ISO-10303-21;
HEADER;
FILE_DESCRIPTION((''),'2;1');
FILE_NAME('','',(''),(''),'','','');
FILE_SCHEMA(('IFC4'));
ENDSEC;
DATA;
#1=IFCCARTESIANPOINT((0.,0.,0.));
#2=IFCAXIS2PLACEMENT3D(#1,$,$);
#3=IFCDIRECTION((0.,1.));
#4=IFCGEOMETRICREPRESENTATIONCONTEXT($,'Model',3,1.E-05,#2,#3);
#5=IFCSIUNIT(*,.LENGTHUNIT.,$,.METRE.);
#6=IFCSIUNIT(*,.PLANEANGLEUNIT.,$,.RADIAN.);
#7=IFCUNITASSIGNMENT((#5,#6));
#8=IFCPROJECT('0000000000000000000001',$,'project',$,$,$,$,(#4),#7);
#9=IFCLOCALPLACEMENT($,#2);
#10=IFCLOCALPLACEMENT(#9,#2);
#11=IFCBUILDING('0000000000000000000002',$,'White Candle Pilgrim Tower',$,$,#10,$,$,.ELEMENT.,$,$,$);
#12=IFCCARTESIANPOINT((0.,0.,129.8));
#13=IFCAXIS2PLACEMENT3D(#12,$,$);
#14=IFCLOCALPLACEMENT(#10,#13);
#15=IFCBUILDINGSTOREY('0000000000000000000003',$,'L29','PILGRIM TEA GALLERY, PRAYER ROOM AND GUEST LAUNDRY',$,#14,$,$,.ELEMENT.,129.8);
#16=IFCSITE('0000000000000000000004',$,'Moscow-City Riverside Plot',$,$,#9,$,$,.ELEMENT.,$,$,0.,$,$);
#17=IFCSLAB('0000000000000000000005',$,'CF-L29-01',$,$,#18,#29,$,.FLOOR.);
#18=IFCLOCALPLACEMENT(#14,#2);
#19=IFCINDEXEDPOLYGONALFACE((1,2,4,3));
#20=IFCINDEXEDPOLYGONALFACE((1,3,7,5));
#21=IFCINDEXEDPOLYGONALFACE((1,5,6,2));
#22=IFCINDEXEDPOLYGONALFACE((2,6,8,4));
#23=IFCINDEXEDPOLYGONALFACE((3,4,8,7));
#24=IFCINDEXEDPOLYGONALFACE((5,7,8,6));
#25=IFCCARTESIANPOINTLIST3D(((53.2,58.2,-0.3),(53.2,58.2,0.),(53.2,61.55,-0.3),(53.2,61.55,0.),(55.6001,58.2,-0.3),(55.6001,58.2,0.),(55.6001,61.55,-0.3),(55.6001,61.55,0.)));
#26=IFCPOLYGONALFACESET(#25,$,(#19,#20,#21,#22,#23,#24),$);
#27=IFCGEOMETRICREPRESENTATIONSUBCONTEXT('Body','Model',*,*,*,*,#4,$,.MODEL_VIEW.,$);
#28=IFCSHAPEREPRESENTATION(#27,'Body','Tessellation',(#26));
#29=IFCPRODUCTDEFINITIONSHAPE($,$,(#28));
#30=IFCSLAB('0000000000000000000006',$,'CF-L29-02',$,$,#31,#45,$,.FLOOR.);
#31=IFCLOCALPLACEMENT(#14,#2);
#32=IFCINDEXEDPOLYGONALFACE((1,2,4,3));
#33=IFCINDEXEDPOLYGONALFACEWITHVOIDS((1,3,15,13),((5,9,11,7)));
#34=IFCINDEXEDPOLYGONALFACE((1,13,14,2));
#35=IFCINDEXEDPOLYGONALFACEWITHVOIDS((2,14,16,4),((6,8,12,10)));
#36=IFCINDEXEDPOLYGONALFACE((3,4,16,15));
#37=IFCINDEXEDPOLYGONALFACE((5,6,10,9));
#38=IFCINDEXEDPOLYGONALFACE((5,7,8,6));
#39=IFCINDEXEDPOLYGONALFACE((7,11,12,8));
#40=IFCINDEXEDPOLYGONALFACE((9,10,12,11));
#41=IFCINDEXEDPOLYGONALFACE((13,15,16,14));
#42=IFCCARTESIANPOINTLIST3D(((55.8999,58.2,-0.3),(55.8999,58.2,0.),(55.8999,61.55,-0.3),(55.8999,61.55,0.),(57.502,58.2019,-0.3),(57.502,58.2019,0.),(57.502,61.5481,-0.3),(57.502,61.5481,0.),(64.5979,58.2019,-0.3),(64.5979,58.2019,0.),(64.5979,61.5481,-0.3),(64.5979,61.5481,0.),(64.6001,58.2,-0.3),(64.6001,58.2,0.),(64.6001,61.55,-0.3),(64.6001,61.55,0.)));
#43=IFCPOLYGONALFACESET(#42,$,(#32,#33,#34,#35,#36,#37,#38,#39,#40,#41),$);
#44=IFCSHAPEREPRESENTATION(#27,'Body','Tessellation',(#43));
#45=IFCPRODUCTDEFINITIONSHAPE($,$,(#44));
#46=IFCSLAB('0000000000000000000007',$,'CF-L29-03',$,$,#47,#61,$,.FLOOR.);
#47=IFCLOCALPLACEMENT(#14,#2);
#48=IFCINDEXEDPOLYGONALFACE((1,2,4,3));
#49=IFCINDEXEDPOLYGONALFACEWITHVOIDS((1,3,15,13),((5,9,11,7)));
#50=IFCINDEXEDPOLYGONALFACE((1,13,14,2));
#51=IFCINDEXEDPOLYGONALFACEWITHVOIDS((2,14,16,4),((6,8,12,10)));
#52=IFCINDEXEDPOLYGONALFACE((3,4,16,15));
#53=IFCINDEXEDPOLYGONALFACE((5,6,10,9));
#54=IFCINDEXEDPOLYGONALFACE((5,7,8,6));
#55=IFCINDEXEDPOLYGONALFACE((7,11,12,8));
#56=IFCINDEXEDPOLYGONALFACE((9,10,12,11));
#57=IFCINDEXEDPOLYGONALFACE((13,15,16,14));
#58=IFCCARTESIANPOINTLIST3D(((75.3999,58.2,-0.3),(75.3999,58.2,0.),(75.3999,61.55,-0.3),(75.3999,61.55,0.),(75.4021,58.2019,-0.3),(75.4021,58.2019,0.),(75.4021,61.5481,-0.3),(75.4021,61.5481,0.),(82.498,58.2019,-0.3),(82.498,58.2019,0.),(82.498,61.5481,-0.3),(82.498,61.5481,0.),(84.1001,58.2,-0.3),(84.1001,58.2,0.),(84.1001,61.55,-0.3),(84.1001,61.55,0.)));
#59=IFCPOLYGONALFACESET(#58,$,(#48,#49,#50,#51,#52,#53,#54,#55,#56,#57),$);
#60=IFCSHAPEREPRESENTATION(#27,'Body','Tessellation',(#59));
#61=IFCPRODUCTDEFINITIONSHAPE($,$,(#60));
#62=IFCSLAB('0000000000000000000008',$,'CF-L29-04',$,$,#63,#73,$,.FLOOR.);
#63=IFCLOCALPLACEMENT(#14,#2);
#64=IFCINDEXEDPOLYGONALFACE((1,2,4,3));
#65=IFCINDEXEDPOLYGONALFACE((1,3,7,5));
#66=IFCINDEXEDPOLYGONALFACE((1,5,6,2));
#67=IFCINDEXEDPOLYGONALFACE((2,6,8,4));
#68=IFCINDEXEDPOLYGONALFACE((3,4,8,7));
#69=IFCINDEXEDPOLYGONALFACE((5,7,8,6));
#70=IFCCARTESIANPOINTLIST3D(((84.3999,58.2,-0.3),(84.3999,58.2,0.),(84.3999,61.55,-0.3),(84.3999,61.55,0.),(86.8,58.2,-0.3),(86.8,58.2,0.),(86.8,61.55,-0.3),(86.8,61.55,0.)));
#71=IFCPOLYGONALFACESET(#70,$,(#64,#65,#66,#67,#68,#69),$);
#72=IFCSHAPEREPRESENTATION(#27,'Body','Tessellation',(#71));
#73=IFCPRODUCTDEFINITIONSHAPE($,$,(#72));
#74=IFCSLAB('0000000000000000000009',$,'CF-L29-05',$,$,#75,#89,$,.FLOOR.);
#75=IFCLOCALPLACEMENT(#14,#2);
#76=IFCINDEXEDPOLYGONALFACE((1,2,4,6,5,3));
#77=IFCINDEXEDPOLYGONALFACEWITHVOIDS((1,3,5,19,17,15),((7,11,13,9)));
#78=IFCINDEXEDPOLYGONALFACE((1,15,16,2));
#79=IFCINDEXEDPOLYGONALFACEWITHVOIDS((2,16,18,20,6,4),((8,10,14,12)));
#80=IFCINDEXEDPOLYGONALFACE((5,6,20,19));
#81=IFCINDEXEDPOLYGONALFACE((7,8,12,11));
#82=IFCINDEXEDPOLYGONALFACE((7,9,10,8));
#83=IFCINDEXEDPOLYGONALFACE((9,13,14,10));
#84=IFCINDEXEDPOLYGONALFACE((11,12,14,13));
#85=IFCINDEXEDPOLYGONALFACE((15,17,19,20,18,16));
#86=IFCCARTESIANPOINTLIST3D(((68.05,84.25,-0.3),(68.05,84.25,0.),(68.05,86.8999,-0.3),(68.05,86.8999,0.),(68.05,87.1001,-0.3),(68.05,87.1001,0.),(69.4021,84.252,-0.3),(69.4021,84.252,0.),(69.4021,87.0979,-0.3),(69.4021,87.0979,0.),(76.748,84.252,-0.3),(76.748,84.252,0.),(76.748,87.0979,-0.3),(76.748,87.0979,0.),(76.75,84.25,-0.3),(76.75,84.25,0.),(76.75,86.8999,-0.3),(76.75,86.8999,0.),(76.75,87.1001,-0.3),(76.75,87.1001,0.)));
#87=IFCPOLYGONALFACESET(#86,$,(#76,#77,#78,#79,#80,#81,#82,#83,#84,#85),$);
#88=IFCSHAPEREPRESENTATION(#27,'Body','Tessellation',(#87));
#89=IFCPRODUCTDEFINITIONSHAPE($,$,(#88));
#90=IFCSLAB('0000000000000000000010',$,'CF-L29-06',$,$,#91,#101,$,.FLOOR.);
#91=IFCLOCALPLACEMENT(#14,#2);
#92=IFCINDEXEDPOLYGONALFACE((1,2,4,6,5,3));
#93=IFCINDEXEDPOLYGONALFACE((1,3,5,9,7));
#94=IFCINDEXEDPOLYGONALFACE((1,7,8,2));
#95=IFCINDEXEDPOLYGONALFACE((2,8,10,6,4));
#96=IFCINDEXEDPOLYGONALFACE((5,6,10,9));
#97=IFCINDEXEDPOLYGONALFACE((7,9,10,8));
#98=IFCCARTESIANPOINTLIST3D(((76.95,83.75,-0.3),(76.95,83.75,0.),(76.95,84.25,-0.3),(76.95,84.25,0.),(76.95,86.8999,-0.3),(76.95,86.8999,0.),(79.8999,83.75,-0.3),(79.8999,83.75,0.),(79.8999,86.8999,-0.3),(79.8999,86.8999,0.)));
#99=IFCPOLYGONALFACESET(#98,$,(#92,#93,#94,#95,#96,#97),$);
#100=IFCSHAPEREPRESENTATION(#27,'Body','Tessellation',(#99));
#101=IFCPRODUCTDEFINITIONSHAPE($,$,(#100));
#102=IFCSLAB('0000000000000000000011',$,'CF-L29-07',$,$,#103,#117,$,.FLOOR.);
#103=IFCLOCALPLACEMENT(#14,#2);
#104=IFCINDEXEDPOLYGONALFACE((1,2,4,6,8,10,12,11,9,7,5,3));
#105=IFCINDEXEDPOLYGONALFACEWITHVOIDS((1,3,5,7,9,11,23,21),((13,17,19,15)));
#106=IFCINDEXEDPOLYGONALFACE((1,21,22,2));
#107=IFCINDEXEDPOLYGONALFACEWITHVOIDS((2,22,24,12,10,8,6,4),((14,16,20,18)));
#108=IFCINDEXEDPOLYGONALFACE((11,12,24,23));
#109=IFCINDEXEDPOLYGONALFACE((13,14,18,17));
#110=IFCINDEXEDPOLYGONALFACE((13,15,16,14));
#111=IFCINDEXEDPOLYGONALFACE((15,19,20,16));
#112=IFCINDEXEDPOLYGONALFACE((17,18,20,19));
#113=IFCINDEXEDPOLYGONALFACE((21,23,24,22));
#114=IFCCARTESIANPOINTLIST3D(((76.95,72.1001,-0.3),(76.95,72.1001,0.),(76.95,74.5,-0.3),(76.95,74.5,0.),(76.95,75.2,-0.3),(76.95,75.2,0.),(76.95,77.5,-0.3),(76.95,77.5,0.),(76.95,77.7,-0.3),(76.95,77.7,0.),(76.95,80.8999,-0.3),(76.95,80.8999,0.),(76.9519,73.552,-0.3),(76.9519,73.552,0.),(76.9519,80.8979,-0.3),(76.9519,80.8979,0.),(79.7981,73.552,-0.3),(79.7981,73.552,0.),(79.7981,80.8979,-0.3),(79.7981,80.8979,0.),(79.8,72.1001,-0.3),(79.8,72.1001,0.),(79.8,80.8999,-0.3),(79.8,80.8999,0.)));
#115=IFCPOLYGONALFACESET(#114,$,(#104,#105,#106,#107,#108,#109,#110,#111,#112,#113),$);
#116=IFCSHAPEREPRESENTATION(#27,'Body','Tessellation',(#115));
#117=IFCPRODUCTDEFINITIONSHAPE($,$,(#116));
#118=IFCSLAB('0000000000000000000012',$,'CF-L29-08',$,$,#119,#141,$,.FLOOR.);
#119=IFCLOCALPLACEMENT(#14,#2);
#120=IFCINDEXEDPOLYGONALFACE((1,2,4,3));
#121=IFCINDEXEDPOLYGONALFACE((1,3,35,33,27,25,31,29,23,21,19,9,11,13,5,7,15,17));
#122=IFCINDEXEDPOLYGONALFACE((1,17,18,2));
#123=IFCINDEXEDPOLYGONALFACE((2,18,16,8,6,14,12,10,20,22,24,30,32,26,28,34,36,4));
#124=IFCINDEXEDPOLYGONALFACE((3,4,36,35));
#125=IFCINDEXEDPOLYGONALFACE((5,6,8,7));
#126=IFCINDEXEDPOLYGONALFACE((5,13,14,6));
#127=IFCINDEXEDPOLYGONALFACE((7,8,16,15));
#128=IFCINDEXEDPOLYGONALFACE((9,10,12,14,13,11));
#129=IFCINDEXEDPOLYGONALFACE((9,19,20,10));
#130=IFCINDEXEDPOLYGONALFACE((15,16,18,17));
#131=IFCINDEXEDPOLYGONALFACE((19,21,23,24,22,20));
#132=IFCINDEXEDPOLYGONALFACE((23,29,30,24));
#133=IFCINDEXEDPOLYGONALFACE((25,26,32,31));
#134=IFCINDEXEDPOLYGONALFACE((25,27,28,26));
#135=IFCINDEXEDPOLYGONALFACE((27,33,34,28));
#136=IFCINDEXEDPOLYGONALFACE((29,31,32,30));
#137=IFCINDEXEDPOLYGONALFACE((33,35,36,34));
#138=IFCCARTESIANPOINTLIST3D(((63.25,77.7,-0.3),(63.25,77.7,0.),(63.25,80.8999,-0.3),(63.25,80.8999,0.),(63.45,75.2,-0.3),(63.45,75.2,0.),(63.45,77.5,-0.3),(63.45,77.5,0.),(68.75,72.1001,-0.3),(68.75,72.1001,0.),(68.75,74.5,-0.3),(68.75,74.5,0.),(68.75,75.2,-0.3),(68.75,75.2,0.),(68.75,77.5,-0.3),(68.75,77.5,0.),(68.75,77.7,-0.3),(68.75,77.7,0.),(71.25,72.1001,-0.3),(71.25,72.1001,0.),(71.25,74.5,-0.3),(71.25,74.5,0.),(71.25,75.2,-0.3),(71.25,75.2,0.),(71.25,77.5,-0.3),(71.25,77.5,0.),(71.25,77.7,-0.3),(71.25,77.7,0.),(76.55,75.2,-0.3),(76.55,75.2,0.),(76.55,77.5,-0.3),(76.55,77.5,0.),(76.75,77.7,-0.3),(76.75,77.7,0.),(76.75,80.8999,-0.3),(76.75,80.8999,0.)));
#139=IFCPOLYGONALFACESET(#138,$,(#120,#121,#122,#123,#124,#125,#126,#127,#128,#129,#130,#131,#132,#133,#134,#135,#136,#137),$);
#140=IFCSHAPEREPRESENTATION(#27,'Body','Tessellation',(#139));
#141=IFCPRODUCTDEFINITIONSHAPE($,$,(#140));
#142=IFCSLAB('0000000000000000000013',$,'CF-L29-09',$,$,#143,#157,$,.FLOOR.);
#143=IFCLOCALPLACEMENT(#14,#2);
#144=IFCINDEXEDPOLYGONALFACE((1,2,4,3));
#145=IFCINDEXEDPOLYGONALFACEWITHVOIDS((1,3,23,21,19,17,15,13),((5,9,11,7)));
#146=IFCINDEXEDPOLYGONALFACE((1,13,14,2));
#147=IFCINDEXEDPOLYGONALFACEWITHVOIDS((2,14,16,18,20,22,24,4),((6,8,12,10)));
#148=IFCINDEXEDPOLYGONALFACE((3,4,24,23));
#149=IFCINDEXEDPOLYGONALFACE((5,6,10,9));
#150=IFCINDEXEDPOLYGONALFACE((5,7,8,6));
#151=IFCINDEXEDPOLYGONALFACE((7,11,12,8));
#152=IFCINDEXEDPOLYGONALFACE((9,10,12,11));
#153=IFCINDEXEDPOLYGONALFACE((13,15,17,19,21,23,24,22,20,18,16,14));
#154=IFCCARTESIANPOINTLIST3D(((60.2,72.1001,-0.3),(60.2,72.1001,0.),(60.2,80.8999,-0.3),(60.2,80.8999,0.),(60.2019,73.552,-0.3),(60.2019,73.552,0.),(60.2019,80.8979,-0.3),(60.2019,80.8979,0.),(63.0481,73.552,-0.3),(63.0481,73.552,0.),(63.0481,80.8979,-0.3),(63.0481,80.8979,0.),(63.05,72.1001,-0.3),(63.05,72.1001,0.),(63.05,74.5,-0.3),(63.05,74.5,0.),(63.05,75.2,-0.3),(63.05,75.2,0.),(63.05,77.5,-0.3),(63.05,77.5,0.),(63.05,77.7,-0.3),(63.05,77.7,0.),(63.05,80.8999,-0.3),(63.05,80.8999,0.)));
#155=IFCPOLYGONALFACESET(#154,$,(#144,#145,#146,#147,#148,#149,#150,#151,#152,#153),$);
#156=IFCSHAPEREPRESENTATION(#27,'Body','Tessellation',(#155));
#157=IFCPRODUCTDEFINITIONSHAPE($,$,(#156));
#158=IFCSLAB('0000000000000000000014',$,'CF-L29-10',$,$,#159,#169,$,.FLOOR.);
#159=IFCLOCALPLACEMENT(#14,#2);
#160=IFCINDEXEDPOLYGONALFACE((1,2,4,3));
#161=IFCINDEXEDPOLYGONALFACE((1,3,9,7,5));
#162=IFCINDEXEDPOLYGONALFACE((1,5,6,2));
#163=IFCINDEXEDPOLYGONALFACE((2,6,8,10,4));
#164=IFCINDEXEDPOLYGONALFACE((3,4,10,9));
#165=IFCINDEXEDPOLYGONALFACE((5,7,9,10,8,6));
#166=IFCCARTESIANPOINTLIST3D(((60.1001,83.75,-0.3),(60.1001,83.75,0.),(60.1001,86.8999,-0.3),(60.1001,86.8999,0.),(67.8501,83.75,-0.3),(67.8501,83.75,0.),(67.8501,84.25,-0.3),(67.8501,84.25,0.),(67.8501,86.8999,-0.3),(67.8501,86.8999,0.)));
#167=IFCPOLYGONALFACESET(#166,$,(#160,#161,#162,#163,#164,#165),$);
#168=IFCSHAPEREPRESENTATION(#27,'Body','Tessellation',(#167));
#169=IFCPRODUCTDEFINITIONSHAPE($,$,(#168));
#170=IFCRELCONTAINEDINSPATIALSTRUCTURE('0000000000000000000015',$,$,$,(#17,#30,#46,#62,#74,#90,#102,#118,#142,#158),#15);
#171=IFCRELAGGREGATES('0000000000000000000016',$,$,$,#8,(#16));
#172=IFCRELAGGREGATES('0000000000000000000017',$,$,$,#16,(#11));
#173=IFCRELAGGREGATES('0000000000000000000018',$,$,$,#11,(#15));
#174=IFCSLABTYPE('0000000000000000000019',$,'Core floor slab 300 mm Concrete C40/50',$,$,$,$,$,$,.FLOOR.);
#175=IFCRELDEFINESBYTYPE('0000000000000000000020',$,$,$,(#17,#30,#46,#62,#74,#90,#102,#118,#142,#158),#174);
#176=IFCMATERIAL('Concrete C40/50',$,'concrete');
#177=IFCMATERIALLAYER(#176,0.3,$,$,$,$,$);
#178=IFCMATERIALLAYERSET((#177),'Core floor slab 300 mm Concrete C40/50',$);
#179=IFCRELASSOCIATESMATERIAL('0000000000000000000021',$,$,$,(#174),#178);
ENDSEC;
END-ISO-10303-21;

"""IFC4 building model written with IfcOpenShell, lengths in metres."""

from ifc_helpers import new_model, si_unit, direction, frame, origin, place, context, subcontext, project, spatial, polyline, outline, extrude, material, layer, layer_set, type_object, element, save


model = new_model("IFC4")

# Units and contexts
model_context = context("Model", 3, precision=1e-05, world=origin(), true_north=direction((0.0, 1.0)))
body_context = subcontext(model_context, "Body", "Model", "MODEL_VIEW")
ifc_project = project(units=[si_unit("LENGTHUNIT", "METRE"), si_unit("PLANEANGLEUNIT", "RADIAN")], contexts=[model_context])

# Site, building, storey
site_placement = place(None, origin())
site = spatial("IfcSite", under=ifc_project, at=site_placement, Name="Moscow-City Riverside Plot", CompositionType="ELEMENT", RefElevation=0.0)
building_placement = place(site_placement, origin())
building = spatial("IfcBuilding", under=site, at=building_placement, Name="White Candle Pilgrim Tower", CompositionType="ELEMENT")
storey_placement = place(building_placement, frame((0.0, 0.0, 129.8)))
storey = spatial("IfcBuildingStorey", under=building, at=storey_placement, Name="L29", Description="PILGRIM TEA GALLERY, PRAYER ROOM AND GUEST LAUNDRY", CompositionType="ELEMENT", Elevation=129.8)

# Slabs
ifc_material = material(Name="Concrete C40/50", Category="concrete")
ifc_layer_1 = layer(ifc_material, 0.3)
ifc_layer_set_1 = layer_set([ifc_layer_1], Name="Core floor slab 300 mm Concrete C40/50")
slab_type_1 = type_object("IfcSlabType", Name="Core floor slab 300 mm Concrete C40/50", PredefinedType="FLOOR", material=ifc_layer_set_1)
slab_1_placement = place(storey_placement, frame((0.0, 0.0, -0.3)))
element("IfcSlab", 1, at=slab_1_placement, inside=storey, type_object=slab_type_1, Name="CF-L29-01", PredefinedType="FLOOR", context=body_context, shape_type="SweptSolid", body=[
    extrude(outline(polyline([(55.6001, 58.2), (53.2, 58.2), (53.2, 61.55), (55.6001, 61.55), (55.6001, 58.2)])), origin(), (0.0, 0.0, 1.0), 0.3),
])
slab_2_placement = place(storey_placement, frame((0.0, 0.0, -0.3)))
element("IfcSlab", 2, at=slab_2_placement, inside=storey, type_object=slab_type_1, Name="CF-L29-02", PredefinedType="FLOOR", context=body_context, shape_type="SweptSolid", body=[
    extrude(outline(polyline([(55.8999, 58.2), (55.8999, 61.55), (64.6001, 61.55), (64.6001, 58.2), (55.8999, 58.2)]), holes=[polyline([(57.502, 61.5481), (57.502, 58.2019), (64.5979, 58.2019), (64.5979, 61.5481), (57.502, 61.5481)])]), origin(), (0.0, 0.0, 1.0), 0.3),
])
slab_3_placement = place(storey_placement, frame((0.0, 0.0, -0.3)))
element("IfcSlab", 3, at=slab_3_placement, inside=storey, type_object=slab_type_1, Name="CF-L29-03", PredefinedType="FLOOR", context=body_context, shape_type="SweptSolid", body=[
    extrude(outline(polyline([(75.3999, 58.2), (75.3999, 61.55), (84.1001, 61.55), (84.1001, 58.2), (75.3999, 58.2)]), holes=[polyline([(82.498, 58.2019), (82.498, 61.5481), (75.4021, 61.5481), (75.4021, 58.2019), (82.498, 58.2019)])]), origin(), (0.0, 0.0, 1.0), 0.3),
])
slab_4_placement = place(storey_placement, frame((0.0, 0.0, -0.3)))
element("IfcSlab", 4, at=slab_4_placement, inside=storey, type_object=slab_type_1, Name="CF-L29-04", PredefinedType="FLOOR", context=body_context, shape_type="SweptSolid", body=[
    extrude(outline(polyline([(86.8, 58.2), (84.3999, 58.2), (84.3999, 61.55), (86.8, 61.55), (86.8, 58.2)])), origin(), (0.0, 0.0, 1.0), 0.3),
])
slab_5_placement = place(storey_placement, frame((0.0, 0.0, -0.3)))
element("IfcSlab", 5, at=slab_5_placement, inside=storey, type_object=slab_type_1, Name="CF-L29-05", PredefinedType="FLOOR", context=body_context, shape_type="SweptSolid", body=[
    extrude(outline(polyline([(76.75, 87.1001), (76.75, 86.8999), (76.75, 84.25), (68.05, 84.25), (68.05, 86.8999), (68.05, 87.1001), (76.75, 87.1001)]), holes=[polyline([(69.4021, 87.0979), (69.4021, 84.252), (76.748, 84.252), (76.748, 87.0979), (69.4021, 87.0979)])]), origin(), (0.0, 0.0, 1.0), 0.3),
])
slab_6_placement = place(storey_placement, frame((0.0, 0.0, -0.3)))
element("IfcSlab", 6, at=slab_6_placement, inside=storey, type_object=slab_type_1, Name="CF-L29-06", PredefinedType="FLOOR", context=body_context, shape_type="SweptSolid", body=[
    extrude(outline(polyline([(79.8999, 86.8999), (79.8999, 83.75), (76.95, 83.75), (76.95, 84.25), (76.95, 86.8999), (79.8999, 86.8999)])), origin(), (0.0, 0.0, 1.0), 0.3),
])
slab_7_placement = place(storey_placement, frame((0.0, 0.0, -0.3)))
element("IfcSlab", 7, at=slab_7_placement, inside=storey, type_object=slab_type_1, Name="CF-L29-07", PredefinedType="FLOOR", context=body_context, shape_type="SweptSolid", body=[
    extrude(outline(polyline([(76.95, 72.1001), (76.95, 74.5), (76.95, 75.2), (76.95, 77.5), (76.95, 77.7), (76.95, 80.8999), (79.8, 80.8999), (79.8, 72.1001), (76.95, 72.1001)]), holes=[polyline([(76.9519, 73.552), (79.7981, 73.552), (79.7981, 80.8979), (76.9519, 80.8979), (76.9519, 73.552)])]), origin(), (0.0, 0.0, 1.0), 0.3),
])
slab_8_placement = place(storey_placement, frame((0.0, 0.0, -0.3)))
element("IfcSlab", 8, at=slab_8_placement, inside=storey, type_object=slab_type_1, Name="CF-L29-08", PredefinedType="FLOOR", context=body_context, shape_type="SweptSolid", body=[
    extrude(outline(polyline([(68.75, 72.1001), (68.75, 74.5), (68.75, 75.2), (63.45, 75.2), (63.45, 77.5), (68.75, 77.5), (68.75, 77.7), (63.25, 77.7), (63.25, 80.8999), (76.75, 80.8999), (76.75, 77.7), (71.25, 77.7), (71.25, 77.5), (76.55, 77.5), (76.55, 75.2), (71.25, 75.2), (71.25, 74.5), (71.25, 72.1001), (68.75, 72.1001)])), origin(), (0.0, 0.0, 1.0), 0.3),
])
slab_9_placement = place(storey_placement, frame((0.0, 0.0, -0.3)))
element("IfcSlab", 9, at=slab_9_placement, inside=storey, type_object=slab_type_1, Name="CF-L29-09", PredefinedType="FLOOR", context=body_context, shape_type="SweptSolid", body=[
    extrude(outline(polyline([(60.2, 72.1001), (60.2, 80.8999), (63.05, 80.8999), (63.05, 77.7), (63.05, 77.5), (63.05, 75.2), (63.05, 74.5), (63.05, 72.1001), (60.2, 72.1001)]), holes=[polyline([(60.2019, 73.552), (63.0481, 73.552), (63.0481, 80.8979), (60.2019, 80.8979), (60.2019, 73.552)])]), origin(), (0.0, 0.0, 1.0), 0.3),
])
slab_10_placement = place(storey_placement, frame((0.0, 0.0, -0.3)))
element("IfcSlab", 10, at=slab_10_placement, inside=storey, type_object=slab_type_1, Name="CF-L29-10", PredefinedType="FLOOR", context=body_context, shape_type="SweptSolid", body=[
    extrude(outline(polyline([(60.1001, 86.8999), (67.8501, 86.8999), (67.8501, 84.25), (67.8501, 83.75), (60.1001, 83.75), (60.1001, 86.8999)])), origin(), (0.0, 0.0, 1.0), 0.3),
])

save(model, "model.ifc")
